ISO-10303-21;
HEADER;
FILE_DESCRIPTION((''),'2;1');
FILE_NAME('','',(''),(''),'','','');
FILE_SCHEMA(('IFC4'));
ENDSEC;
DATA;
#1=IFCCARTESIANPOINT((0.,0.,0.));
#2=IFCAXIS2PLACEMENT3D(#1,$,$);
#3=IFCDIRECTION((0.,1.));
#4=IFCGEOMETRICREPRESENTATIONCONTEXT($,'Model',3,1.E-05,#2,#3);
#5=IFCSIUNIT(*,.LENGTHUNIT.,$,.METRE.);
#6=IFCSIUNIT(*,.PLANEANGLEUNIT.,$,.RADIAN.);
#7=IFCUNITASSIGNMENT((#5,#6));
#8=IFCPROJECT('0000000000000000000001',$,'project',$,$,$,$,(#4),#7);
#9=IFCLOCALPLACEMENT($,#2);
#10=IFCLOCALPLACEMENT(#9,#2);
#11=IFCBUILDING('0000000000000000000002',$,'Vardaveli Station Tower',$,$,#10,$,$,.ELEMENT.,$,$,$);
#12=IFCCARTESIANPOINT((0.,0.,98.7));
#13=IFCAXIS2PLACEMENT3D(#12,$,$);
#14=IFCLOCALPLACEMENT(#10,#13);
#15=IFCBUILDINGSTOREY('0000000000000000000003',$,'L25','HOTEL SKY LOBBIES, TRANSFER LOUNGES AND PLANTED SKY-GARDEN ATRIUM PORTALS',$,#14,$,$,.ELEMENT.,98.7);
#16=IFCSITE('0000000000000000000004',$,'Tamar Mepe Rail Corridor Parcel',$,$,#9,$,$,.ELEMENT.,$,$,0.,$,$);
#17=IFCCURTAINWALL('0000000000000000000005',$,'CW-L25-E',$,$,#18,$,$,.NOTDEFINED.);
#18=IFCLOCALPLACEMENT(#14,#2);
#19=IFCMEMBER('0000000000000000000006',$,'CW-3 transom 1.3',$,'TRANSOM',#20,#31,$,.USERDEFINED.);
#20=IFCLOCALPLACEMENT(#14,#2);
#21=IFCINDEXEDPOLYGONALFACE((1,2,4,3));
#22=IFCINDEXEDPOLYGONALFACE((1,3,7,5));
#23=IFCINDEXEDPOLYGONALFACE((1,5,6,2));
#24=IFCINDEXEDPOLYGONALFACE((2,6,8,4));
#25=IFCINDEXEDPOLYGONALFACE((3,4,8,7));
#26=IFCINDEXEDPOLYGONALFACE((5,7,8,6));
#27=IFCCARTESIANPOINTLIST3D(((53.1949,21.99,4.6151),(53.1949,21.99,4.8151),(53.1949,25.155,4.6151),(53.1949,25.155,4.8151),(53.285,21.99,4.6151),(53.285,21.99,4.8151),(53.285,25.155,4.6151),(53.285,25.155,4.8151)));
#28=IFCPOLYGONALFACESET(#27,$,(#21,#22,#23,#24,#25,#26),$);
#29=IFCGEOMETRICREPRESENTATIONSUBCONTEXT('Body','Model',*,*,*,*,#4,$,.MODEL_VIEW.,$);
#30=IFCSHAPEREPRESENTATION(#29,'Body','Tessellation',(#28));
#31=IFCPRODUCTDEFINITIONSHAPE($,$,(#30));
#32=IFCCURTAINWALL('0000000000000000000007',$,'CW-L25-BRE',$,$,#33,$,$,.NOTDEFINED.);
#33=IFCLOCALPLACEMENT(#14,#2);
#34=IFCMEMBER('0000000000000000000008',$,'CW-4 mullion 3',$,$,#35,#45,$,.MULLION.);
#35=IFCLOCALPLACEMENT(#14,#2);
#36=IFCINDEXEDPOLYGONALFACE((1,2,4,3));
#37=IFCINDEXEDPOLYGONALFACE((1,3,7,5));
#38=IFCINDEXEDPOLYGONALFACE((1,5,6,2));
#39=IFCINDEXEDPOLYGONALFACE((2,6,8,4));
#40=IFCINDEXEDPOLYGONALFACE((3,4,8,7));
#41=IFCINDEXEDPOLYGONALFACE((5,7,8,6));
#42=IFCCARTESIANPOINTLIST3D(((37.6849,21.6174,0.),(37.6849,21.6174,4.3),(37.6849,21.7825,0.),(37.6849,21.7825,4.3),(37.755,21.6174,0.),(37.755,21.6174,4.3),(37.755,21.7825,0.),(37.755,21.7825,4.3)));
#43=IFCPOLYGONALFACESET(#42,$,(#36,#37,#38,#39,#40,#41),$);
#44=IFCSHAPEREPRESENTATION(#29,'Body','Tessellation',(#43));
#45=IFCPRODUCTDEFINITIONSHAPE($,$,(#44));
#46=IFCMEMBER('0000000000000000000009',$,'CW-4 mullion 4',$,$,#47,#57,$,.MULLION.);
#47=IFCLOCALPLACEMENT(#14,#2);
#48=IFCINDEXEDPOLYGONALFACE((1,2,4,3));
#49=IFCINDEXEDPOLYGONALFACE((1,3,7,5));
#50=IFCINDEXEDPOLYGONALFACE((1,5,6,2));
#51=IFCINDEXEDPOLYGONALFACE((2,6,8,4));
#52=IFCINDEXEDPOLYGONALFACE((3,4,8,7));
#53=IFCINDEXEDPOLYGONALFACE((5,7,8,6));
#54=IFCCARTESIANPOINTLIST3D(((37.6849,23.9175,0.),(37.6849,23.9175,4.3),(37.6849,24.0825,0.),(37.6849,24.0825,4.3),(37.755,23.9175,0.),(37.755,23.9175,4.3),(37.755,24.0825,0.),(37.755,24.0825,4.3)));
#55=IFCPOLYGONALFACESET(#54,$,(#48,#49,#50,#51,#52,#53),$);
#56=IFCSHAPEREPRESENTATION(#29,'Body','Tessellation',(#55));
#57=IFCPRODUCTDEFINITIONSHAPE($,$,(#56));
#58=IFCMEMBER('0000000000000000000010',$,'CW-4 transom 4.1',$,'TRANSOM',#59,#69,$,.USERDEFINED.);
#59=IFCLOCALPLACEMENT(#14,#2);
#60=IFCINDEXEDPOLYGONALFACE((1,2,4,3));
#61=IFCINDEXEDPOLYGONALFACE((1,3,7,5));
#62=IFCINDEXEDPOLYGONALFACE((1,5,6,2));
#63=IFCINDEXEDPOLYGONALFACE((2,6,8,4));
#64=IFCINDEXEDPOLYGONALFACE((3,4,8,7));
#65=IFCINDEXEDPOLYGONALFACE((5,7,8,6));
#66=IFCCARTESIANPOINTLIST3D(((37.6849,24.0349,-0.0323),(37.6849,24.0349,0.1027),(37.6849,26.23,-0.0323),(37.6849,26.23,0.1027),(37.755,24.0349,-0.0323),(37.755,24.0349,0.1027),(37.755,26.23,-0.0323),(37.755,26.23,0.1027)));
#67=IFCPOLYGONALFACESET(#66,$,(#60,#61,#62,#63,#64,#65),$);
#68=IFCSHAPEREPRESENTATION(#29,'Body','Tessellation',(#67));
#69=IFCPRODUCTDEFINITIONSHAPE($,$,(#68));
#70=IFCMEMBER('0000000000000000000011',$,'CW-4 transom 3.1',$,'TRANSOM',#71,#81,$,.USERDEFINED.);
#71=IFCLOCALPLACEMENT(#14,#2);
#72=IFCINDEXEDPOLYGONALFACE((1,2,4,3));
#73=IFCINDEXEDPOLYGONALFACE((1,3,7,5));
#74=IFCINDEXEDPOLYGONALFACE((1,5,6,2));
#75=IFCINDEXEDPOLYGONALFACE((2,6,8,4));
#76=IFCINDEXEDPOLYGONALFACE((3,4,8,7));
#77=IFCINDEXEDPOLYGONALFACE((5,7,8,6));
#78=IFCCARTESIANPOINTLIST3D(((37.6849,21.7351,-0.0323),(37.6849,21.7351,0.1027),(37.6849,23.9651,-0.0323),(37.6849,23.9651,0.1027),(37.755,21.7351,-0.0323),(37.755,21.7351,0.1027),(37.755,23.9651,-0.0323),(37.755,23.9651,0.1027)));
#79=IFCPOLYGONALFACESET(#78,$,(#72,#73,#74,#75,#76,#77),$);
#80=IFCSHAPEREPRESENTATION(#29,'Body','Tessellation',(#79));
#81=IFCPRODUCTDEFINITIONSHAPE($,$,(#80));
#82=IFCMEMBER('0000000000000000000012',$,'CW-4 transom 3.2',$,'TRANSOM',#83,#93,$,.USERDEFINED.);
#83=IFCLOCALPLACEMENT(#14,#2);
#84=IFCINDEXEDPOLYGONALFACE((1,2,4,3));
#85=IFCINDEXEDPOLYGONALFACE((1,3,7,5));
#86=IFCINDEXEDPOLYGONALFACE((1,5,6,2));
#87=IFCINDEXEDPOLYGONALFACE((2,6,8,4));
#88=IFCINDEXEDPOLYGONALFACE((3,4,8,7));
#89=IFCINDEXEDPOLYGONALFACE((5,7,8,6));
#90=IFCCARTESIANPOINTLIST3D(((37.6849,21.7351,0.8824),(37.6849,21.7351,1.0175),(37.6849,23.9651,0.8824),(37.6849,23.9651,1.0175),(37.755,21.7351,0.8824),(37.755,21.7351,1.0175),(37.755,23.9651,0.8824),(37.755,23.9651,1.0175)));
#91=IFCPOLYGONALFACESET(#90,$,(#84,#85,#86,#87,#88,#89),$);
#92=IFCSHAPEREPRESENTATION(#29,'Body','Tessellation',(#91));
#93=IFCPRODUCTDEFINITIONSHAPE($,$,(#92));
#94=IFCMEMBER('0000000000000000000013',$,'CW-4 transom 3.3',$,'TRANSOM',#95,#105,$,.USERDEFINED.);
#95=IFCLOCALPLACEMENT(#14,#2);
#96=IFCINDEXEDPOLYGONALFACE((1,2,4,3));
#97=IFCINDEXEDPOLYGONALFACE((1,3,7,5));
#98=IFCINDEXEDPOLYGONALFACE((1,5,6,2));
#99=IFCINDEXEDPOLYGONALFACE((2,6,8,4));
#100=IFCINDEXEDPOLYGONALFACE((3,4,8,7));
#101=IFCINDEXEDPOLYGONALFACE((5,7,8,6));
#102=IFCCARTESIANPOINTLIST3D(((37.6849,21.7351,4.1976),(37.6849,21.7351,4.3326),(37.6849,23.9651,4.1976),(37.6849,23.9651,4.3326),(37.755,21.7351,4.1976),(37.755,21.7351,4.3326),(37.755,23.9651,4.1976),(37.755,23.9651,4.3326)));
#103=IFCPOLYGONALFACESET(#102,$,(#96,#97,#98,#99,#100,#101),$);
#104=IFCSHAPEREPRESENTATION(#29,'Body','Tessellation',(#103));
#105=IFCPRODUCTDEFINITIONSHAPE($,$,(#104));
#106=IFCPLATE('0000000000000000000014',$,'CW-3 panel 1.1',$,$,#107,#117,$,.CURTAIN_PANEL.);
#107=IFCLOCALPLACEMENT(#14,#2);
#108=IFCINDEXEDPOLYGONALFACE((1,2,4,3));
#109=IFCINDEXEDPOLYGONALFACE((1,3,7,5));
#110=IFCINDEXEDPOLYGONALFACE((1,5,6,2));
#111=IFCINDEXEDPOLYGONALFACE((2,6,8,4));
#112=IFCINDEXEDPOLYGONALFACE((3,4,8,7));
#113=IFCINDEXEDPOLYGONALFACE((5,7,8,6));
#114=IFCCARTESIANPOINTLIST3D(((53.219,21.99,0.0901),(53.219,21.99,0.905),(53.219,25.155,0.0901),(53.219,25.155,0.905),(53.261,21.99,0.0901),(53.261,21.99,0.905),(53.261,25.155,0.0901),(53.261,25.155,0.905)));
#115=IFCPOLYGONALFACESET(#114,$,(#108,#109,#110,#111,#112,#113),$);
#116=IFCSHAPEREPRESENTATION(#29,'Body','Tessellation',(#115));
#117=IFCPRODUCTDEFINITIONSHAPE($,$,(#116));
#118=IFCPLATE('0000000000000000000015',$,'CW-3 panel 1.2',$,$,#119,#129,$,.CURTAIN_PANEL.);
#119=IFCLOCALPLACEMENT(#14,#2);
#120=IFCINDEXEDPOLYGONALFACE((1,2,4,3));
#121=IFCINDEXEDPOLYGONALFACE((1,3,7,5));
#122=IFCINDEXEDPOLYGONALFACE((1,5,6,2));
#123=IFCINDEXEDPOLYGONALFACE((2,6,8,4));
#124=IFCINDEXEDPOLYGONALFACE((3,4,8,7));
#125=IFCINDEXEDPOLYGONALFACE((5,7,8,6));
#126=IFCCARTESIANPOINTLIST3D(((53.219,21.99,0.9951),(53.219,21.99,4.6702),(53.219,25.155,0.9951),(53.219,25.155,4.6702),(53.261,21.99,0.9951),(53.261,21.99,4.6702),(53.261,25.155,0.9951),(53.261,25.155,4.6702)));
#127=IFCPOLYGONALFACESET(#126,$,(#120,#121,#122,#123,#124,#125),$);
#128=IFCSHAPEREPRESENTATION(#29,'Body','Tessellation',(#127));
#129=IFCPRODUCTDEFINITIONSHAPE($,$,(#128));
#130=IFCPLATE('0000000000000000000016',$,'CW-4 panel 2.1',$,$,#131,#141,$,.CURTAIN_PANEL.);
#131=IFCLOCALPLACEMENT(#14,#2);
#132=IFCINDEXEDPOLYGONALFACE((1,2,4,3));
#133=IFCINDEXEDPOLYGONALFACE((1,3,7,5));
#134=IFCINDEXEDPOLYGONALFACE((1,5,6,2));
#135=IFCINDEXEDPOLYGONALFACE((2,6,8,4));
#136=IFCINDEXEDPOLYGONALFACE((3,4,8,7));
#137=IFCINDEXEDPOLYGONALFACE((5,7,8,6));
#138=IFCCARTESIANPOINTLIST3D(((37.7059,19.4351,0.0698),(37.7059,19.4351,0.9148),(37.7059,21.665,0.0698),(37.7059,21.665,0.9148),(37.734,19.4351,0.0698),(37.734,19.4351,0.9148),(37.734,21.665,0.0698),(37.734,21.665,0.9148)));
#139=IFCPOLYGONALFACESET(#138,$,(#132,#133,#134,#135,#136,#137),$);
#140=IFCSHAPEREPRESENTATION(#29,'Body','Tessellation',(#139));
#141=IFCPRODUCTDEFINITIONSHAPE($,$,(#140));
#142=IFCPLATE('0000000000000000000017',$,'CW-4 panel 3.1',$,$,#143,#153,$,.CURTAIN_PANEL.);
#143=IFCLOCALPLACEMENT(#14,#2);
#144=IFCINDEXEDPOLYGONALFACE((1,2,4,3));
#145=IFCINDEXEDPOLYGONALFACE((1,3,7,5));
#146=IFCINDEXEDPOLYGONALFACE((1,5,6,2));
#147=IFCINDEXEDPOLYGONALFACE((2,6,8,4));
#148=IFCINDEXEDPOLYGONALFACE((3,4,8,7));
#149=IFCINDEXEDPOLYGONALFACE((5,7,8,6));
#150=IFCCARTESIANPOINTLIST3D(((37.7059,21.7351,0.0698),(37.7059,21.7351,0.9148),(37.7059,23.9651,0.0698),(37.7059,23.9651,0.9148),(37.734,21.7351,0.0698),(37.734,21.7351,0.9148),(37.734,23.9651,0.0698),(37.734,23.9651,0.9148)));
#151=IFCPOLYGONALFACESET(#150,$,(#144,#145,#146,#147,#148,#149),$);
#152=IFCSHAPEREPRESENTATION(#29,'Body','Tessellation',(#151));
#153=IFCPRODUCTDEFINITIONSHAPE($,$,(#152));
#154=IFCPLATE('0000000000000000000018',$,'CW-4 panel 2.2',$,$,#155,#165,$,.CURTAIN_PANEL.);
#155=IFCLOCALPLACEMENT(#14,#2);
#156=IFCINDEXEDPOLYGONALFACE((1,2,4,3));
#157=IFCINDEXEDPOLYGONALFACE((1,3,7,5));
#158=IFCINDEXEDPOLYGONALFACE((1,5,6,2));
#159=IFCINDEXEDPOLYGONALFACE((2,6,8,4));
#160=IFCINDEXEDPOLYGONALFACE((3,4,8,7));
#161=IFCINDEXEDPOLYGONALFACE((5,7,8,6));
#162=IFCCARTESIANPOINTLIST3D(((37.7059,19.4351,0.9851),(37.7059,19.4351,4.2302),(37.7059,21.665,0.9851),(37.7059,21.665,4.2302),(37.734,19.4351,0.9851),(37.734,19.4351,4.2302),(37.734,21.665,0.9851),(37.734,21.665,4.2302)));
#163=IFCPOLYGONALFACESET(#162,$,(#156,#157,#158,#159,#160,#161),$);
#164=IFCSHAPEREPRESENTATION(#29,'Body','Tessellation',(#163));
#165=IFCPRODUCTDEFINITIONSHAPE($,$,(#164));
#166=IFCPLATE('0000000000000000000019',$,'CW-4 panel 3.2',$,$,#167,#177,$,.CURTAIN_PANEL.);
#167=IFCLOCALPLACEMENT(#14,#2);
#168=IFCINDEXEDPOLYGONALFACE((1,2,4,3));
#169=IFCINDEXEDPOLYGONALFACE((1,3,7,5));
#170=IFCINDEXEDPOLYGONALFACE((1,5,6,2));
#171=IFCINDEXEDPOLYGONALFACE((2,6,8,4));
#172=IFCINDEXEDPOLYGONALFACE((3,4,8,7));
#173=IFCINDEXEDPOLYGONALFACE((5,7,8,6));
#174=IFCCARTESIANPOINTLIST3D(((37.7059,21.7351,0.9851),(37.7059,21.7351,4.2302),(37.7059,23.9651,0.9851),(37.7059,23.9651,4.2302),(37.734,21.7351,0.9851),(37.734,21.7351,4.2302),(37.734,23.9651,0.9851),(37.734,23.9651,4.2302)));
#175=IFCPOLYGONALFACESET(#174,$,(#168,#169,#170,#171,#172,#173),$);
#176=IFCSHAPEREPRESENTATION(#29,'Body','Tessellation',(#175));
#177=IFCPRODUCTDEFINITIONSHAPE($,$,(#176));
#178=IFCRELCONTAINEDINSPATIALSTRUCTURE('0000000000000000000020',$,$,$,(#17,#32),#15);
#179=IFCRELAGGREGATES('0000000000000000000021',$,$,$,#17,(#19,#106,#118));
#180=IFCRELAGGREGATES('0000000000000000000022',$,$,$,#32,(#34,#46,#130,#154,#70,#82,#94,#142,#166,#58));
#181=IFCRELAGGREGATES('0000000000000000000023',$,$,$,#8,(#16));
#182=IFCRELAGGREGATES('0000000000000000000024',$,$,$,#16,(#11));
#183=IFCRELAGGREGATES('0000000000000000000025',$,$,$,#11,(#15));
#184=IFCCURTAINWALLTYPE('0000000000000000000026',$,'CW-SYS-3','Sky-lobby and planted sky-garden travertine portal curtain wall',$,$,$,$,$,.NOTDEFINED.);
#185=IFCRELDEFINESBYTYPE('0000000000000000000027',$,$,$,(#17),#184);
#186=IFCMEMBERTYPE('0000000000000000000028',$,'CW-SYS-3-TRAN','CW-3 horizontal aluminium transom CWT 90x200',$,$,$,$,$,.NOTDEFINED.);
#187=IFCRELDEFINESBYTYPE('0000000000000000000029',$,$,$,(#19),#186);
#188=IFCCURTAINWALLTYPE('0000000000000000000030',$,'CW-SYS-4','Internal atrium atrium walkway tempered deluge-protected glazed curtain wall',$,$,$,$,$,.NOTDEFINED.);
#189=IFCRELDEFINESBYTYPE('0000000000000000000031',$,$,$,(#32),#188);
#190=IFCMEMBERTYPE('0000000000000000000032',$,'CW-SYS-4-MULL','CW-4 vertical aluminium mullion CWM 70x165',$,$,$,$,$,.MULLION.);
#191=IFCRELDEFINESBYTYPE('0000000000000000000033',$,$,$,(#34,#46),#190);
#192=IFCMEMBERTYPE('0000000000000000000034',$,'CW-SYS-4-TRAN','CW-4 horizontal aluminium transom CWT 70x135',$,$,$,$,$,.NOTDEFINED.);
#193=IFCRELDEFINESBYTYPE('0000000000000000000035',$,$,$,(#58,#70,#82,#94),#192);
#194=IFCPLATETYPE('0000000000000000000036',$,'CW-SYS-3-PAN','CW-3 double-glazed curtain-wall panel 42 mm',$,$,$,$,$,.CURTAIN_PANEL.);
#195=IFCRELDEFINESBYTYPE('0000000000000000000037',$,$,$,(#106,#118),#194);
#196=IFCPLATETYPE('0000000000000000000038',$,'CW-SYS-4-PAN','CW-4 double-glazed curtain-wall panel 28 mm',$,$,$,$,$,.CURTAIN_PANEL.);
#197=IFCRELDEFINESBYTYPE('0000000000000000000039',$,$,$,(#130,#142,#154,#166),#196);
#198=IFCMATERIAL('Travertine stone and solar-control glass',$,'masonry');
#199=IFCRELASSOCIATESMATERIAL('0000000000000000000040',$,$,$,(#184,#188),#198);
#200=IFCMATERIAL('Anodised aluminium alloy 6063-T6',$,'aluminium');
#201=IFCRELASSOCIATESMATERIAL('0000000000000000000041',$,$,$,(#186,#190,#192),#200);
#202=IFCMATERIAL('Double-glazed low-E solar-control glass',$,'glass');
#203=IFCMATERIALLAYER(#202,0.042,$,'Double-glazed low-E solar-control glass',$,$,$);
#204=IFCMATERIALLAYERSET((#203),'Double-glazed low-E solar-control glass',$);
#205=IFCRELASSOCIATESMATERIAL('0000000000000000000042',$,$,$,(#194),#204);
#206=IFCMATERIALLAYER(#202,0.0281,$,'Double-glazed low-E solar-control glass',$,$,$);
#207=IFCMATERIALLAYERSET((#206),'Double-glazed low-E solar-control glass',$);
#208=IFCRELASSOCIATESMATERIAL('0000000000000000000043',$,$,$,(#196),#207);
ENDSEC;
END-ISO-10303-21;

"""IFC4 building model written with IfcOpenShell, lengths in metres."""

from ifc_helpers import new_model, si_unit, direction, frame, origin, origin_2d, place, context, subcontext, project, spatial, rectangle, extrude, source, transform, mapped, material, layer, layer_set, material_profile, profile_set, type_object, element, aggregate, save


model = new_model("IFC4")

# Units and contexts
model_context = context("Model", 3, precision=1e-05, world=origin(), true_north=direction((0.0, 1.0)))
body_context = subcontext(model_context, "Body", "Model", "MODEL_VIEW")
ifc_project = project(units=[si_unit("LENGTHUNIT", "METRE"), si_unit("PLANEANGLEUNIT", "RADIAN")], contexts=[model_context])

# Site, building, storey
site_placement = place(None, origin())
site = spatial("IfcSite", under=ifc_project, at=site_placement, Name="Tamar Mepe Rail Corridor Parcel", CompositionType="ELEMENT", RefElevation=0.0)
building_placement = place(site_placement, origin())
building = spatial("IfcBuilding", under=site, at=building_placement, Name="Vardaveli Station Tower", CompositionType="ELEMENT")
storey_placement = place(building_placement, frame((0.0, 0.0, 98.7)))
storey = spatial("IfcBuildingStorey", under=building, at=storey_placement, Name="L25", Description="HOTEL SKY LOBBIES, TRANSFER LOUNGES AND PLANTED SKY-GARDEN ATRIUM PORTALS", CompositionType="ELEMENT", Elevation=98.7)

# Curtain walls, members
ifc_material_1 = material(Name="Travertine stone and solar-control glass", Category="masonry")
curtain_wall_type_1 = type_object("IfcCurtainWallType", Name="CW-SYS-3", Description="Sky-lobby and planted sky-garden travertine portal curtain wall", PredefinedType="NOTDEFINED", material=ifc_material_1)
curtain_wall_1_placement = place(storey_placement, origin())
curtain_wall_1 = element("IfcCurtainWall", 1, at=curtain_wall_1_placement, inside=storey, type_object=curtain_wall_type_1, Name="CW-L25-E", PredefinedType="NOTDEFINED")
ifc_material_2 = material(Name="Anodised aluminium alloy 6063-T6", Category="aluminium")
ifc_material_profile_1 = material_profile(ifc_material_2, rectangle(XDim=0.0901, YDim=0.2, at=origin_2d()), Name="CWT 90x200")
ifc_profile_set_1 = profile_set([ifc_material_profile_1], Name="Anodised aluminium alloy 6063-T6")
member_type_1 = type_object("IfcMemberType", Name="CW-SYS-3-TRAN", Description="CW-3 horizontal aluminium transom CWT 90x200", PredefinedType="NOTDEFINED", material=ifc_profile_set_1)
shared_shape_1 = source(origin(), body_context, "Body", "SweptSolid", [
    extrude(rectangle(XDim=0.0901, YDim=0.2, at=origin_2d()), origin(), (0.0, 0.0, 1.0), 3.165),
])
member_1_placement = place(storey_placement, frame((53.24, 21.99, 4.7151), z_axis=(0.0, 1.0, 0.0), x_axis=(-1.0, 0.0, 0.0)))
member_1 = element("IfcMember", 2, at=member_1_placement, type_object=member_type_1, Name="CW-3 transom 1.3", ObjectType="TRANSOM", PredefinedType="USERDEFINED", context=body_context, shape_type="MappedRepresentation", body=[
    mapped(shared_shape_1, transform((0.0, 0.0, 0.0), scale=1.0)),
])
curtain_wall_type_2 = type_object("IfcCurtainWallType", Name="CW-SYS-4", Description="Internal atrium atrium walkway tempered deluge-protected glazed curtain wall", PredefinedType="NOTDEFINED", material=ifc_material_1)
curtain_wall_2_placement = place(storey_placement, origin())
curtain_wall_2 = element("IfcCurtainWall", 3, at=curtain_wall_2_placement, inside=storey, type_object=curtain_wall_type_2, Name="CW-L25-BRE", PredefinedType="NOTDEFINED")
ifc_material_profile_2 = material_profile(ifc_material_2, rectangle(XDim=0.0701, YDim=0.165, at=origin_2d()), Name="CWM 70x165")
ifc_profile_set_2 = profile_set([ifc_material_profile_2], Name="Anodised aluminium alloy 6063-T6")
member_type_2 = type_object("IfcMemberType", Name="CW-SYS-4-MULL", Description="CW-4 vertical aluminium mullion CWM 70x165", PredefinedType="MULLION", material=ifc_profile_set_2)
shared_shape_2 = source(origin(), body_context, "Body", "SweptSolid", [
    extrude(rectangle(XDim=0.0701, YDim=0.165, at=origin_2d()), origin(), (0.0, 0.0, 1.0), 4.3),
])
member_2_placement = place(storey_placement, frame((37.72, 21.7, 0.0), z_axis=(0.0, 0.0, 1.0), x_axis=(-1.0, 0.0, 0.0)))
member_2 = element("IfcMember", 4, at=member_2_placement, type_object=member_type_2, Name="CW-4 mullion 3", PredefinedType="MULLION", context=body_context, shape_type="MappedRepresentation", body=[
    mapped(shared_shape_2, transform((0.0, 0.0, 0.0), scale=1.0)),
])
member_3_placement = place(storey_placement, frame((37.72, 24.0, 0.0), z_axis=(0.0, 0.0, 1.0), x_axis=(-1.0, 0.0, 0.0)))
member_3 = element("IfcMember", 5, at=member_3_placement, type_object=member_type_2, Name="CW-4 mullion 4", PredefinedType="MULLION", context=body_context, shape_type="MappedRepresentation", body=[
    mapped(shared_shape_2, transform((0.0, 0.0, 0.0), scale=1.0)),
])
ifc_material_profile_3 = material_profile(ifc_material_2, rectangle(XDim=0.0701, YDim=0.135, at=origin_2d()), Name="CWT 70x135")
ifc_profile_set_3 = profile_set([ifc_material_profile_3], Name="Anodised aluminium alloy 6063-T6")
member_type_3 = type_object("IfcMemberType", Name="CW-SYS-4-TRAN", Description="CW-4 horizontal aluminium transom CWT 70x135", PredefinedType="NOTDEFINED", material=ifc_profile_set_3)
shared_shape_3 = source(origin(), body_context, "Body", "SweptSolid", [
    extrude(rectangle(XDim=0.0701, YDim=0.135, at=origin_2d()), origin(), (0.0, 0.0, 1.0), 2.1951),
])
member_4_placement = place(storey_placement, frame((37.72, 24.0349, 0.0352), z_axis=(0.0, 1.0, 0.0), x_axis=(-1.0, 0.0, 0.0)))
member_4 = element("IfcMember", 6, at=member_4_placement, type_object=member_type_3, Name="CW-4 transom 4.1", ObjectType="TRANSOM", PredefinedType="USERDEFINED", context=body_context, shape_type="MappedRepresentation", body=[
    mapped(shared_shape_3, transform((0.0, 0.0, 0.0), scale=1.0)),
])
shared_shape_4 = source(origin(), body_context, "Body", "SweptSolid", [
    extrude(rectangle(XDim=0.0701, YDim=0.135, at=origin_2d()), origin(), (0.0, 0.0, 1.0), 2.23),
])
member_5_placement = place(storey_placement, frame((37.72, 21.7351, 0.0352), z_axis=(0.0, 1.0, 0.0), x_axis=(-1.0, 0.0, 0.0)))
member_5 = element("IfcMember", 7, at=member_5_placement, type_object=member_type_3, Name="CW-4 transom 3.1", ObjectType="TRANSOM", PredefinedType="USERDEFINED", context=body_context, shape_type="MappedRepresentation", body=[
    mapped(shared_shape_4, transform((0.0, 0.0, 0.0), scale=1.0)),
])
member_6_placement = place(storey_placement, frame((37.72, 21.7351, 0.95), z_axis=(0.0, 1.0, 0.0), x_axis=(-1.0, 0.0, 0.0)))
member_6 = element("IfcMember", 8, at=member_6_placement, type_object=member_type_3, Name="CW-4 transom 3.2", ObjectType="TRANSOM", PredefinedType="USERDEFINED", context=body_context, shape_type="MappedRepresentation", body=[
    mapped(shared_shape_4, transform((0.0, 0.0, 0.0), scale=1.0)),
])
member_7_placement = place(storey_placement, frame((37.72, 21.7351, 4.2651), z_axis=(0.0, 1.0, 0.0), x_axis=(-1.0, 0.0, 0.0)))
member_7 = element("IfcMember", 9, at=member_7_placement, type_object=member_type_3, Name="CW-4 transom 3.3", ObjectType="TRANSOM", PredefinedType="USERDEFINED", context=body_context, shape_type="MappedRepresentation", body=[
    mapped(shared_shape_4, transform((0.0, 0.0, 0.0), scale=1.0)),
])

# Plates
ifc_material_3 = material(Name="Double-glazed low-E solar-control glass", Category="glass")
ifc_layer_1 = layer(ifc_material_3, 0.042, Name="Double-glazed low-E solar-control glass")
ifc_layer_set_1 = layer_set([ifc_layer_1], Name="Double-glazed low-E solar-control glass")
plate_type_1 = type_object("IfcPlateType", Name="CW-SYS-3-PAN", Description="CW-3 double-glazed curtain-wall panel 42 mm", PredefinedType="CURTAIN_PANEL", material=ifc_layer_set_1)
shared_shape_5 = source(origin(), body_context, "Body", "SweptSolid", [
    extrude(rectangle(XDim=3.165, YDim=0.042, at=origin_2d()), origin(), (0.0, 0.0, 1.0), 0.8149),
])
plate_1_placement = place(storey_placement, frame((53.24, 23.5725, 0.0901), z_axis=(0.0, 0.0, 1.0), x_axis=(0.0, 1.0, 0.0)))
plate_1 = element("IfcPlate", 10, at=plate_1_placement, type_object=plate_type_1, Name="CW-3 panel 1.1", PredefinedType="CURTAIN_PANEL", context=body_context, shape_type="MappedRepresentation", body=[
    mapped(shared_shape_5, transform((0.0, 0.0, 0.0), scale=1.0)),
])
shared_shape_6 = source(origin(), body_context, "Body", "SweptSolid", [
    extrude(rectangle(XDim=3.165, YDim=0.042, at=origin_2d()), origin(), (0.0, 0.0, 1.0), 3.675),
])
plate_2_placement = place(storey_placement, frame((53.24, 23.5725, 0.9951), z_axis=(0.0, 0.0, 1.0), x_axis=(0.0, 1.0, 0.0)))
plate_2 = element("IfcPlate", 11, at=plate_2_placement, type_object=plate_type_1, Name="CW-3 panel 1.2", PredefinedType="CURTAIN_PANEL", context=body_context, shape_type="MappedRepresentation", body=[
    mapped(shared_shape_6, transform((0.0, 0.0, 0.0), scale=1.0)),
])
aggregate(curtain_wall_1, [member_1, plate_1, plate_2])
ifc_layer_2 = layer(ifc_material_3, 0.0281, Name="Double-glazed low-E solar-control glass")
ifc_layer_set_2 = layer_set([ifc_layer_2], Name="Double-glazed low-E solar-control glass")
plate_type_2 = type_object("IfcPlateType", Name="CW-SYS-4-PAN", Description="CW-4 double-glazed curtain-wall panel 28 mm", PredefinedType="CURTAIN_PANEL", material=ifc_layer_set_2)
shared_shape_7 = source(origin(), body_context, "Body", "SweptSolid", [
    extrude(rectangle(XDim=2.23, YDim=0.0281, at=origin_2d()), origin(), (0.0, 0.0, 1.0), 0.845),
])
plate_3_placement = place(storey_placement, frame((37.72, 20.55, 0.0698), z_axis=(0.0, 0.0, 1.0), x_axis=(0.0, 1.0, 0.0)))
plate_3 = element("IfcPlate", 12, at=plate_3_placement, type_object=plate_type_2, Name="CW-4 panel 2.1", PredefinedType="CURTAIN_PANEL", context=body_context, shape_type="MappedRepresentation", body=[
    mapped(shared_shape_7, transform((0.0, 0.0, 0.0), scale=1.0)),
])
plate_4_placement = place(storey_placement, frame((37.72, 22.8501, 0.0698), z_axis=(0.0, 0.0, 1.0), x_axis=(0.0, 1.0, 0.0)))
plate_4 = element("IfcPlate", 13, at=plate_4_placement, type_object=plate_type_2, Name="CW-4 panel 3.1", PredefinedType="CURTAIN_PANEL", context=body_context, shape_type="MappedRepresentation", body=[
    mapped(shared_shape_7, transform((0.0, 0.0, 0.0), scale=1.0)),
])
shared_shape_8 = source(origin(), body_context, "Body", "SweptSolid", [
    extrude(rectangle(XDim=2.23, YDim=0.0281, at=origin_2d()), origin(), (0.0, 0.0, 1.0), 3.2451),
])
plate_5_placement = place(storey_placement, frame((37.72, 20.55, 0.9851), z_axis=(0.0, 0.0, 1.0), x_axis=(0.0, 1.0, 0.0)))
plate_5 = element("IfcPlate", 14, at=plate_5_placement, type_object=plate_type_2, Name="CW-4 panel 2.2", PredefinedType="CURTAIN_PANEL", context=body_context, shape_type="MappedRepresentation", body=[
    mapped(shared_shape_8, transform((0.0, 0.0, 0.0), scale=1.0)),
])
plate_6_placement = place(storey_placement, frame((37.72, 22.8501, 0.9851), z_axis=(0.0, 0.0, 1.0), x_axis=(0.0, 1.0, 0.0)))
plate_6 = element("IfcPlate", 15, at=plate_6_placement, type_object=plate_type_2, Name="CW-4 panel 3.2", PredefinedType="CURTAIN_PANEL", context=body_context, shape_type="MappedRepresentation", body=[
    mapped(shared_shape_8, transform((0.0, 0.0, 0.0), scale=1.0)),
])
aggregate(curtain_wall_2, [member_2, member_3, plate_3, plate_5, member_5, member_6, member_7, plate_4, plate_6, member_4])

save(model, "model.ifc")
